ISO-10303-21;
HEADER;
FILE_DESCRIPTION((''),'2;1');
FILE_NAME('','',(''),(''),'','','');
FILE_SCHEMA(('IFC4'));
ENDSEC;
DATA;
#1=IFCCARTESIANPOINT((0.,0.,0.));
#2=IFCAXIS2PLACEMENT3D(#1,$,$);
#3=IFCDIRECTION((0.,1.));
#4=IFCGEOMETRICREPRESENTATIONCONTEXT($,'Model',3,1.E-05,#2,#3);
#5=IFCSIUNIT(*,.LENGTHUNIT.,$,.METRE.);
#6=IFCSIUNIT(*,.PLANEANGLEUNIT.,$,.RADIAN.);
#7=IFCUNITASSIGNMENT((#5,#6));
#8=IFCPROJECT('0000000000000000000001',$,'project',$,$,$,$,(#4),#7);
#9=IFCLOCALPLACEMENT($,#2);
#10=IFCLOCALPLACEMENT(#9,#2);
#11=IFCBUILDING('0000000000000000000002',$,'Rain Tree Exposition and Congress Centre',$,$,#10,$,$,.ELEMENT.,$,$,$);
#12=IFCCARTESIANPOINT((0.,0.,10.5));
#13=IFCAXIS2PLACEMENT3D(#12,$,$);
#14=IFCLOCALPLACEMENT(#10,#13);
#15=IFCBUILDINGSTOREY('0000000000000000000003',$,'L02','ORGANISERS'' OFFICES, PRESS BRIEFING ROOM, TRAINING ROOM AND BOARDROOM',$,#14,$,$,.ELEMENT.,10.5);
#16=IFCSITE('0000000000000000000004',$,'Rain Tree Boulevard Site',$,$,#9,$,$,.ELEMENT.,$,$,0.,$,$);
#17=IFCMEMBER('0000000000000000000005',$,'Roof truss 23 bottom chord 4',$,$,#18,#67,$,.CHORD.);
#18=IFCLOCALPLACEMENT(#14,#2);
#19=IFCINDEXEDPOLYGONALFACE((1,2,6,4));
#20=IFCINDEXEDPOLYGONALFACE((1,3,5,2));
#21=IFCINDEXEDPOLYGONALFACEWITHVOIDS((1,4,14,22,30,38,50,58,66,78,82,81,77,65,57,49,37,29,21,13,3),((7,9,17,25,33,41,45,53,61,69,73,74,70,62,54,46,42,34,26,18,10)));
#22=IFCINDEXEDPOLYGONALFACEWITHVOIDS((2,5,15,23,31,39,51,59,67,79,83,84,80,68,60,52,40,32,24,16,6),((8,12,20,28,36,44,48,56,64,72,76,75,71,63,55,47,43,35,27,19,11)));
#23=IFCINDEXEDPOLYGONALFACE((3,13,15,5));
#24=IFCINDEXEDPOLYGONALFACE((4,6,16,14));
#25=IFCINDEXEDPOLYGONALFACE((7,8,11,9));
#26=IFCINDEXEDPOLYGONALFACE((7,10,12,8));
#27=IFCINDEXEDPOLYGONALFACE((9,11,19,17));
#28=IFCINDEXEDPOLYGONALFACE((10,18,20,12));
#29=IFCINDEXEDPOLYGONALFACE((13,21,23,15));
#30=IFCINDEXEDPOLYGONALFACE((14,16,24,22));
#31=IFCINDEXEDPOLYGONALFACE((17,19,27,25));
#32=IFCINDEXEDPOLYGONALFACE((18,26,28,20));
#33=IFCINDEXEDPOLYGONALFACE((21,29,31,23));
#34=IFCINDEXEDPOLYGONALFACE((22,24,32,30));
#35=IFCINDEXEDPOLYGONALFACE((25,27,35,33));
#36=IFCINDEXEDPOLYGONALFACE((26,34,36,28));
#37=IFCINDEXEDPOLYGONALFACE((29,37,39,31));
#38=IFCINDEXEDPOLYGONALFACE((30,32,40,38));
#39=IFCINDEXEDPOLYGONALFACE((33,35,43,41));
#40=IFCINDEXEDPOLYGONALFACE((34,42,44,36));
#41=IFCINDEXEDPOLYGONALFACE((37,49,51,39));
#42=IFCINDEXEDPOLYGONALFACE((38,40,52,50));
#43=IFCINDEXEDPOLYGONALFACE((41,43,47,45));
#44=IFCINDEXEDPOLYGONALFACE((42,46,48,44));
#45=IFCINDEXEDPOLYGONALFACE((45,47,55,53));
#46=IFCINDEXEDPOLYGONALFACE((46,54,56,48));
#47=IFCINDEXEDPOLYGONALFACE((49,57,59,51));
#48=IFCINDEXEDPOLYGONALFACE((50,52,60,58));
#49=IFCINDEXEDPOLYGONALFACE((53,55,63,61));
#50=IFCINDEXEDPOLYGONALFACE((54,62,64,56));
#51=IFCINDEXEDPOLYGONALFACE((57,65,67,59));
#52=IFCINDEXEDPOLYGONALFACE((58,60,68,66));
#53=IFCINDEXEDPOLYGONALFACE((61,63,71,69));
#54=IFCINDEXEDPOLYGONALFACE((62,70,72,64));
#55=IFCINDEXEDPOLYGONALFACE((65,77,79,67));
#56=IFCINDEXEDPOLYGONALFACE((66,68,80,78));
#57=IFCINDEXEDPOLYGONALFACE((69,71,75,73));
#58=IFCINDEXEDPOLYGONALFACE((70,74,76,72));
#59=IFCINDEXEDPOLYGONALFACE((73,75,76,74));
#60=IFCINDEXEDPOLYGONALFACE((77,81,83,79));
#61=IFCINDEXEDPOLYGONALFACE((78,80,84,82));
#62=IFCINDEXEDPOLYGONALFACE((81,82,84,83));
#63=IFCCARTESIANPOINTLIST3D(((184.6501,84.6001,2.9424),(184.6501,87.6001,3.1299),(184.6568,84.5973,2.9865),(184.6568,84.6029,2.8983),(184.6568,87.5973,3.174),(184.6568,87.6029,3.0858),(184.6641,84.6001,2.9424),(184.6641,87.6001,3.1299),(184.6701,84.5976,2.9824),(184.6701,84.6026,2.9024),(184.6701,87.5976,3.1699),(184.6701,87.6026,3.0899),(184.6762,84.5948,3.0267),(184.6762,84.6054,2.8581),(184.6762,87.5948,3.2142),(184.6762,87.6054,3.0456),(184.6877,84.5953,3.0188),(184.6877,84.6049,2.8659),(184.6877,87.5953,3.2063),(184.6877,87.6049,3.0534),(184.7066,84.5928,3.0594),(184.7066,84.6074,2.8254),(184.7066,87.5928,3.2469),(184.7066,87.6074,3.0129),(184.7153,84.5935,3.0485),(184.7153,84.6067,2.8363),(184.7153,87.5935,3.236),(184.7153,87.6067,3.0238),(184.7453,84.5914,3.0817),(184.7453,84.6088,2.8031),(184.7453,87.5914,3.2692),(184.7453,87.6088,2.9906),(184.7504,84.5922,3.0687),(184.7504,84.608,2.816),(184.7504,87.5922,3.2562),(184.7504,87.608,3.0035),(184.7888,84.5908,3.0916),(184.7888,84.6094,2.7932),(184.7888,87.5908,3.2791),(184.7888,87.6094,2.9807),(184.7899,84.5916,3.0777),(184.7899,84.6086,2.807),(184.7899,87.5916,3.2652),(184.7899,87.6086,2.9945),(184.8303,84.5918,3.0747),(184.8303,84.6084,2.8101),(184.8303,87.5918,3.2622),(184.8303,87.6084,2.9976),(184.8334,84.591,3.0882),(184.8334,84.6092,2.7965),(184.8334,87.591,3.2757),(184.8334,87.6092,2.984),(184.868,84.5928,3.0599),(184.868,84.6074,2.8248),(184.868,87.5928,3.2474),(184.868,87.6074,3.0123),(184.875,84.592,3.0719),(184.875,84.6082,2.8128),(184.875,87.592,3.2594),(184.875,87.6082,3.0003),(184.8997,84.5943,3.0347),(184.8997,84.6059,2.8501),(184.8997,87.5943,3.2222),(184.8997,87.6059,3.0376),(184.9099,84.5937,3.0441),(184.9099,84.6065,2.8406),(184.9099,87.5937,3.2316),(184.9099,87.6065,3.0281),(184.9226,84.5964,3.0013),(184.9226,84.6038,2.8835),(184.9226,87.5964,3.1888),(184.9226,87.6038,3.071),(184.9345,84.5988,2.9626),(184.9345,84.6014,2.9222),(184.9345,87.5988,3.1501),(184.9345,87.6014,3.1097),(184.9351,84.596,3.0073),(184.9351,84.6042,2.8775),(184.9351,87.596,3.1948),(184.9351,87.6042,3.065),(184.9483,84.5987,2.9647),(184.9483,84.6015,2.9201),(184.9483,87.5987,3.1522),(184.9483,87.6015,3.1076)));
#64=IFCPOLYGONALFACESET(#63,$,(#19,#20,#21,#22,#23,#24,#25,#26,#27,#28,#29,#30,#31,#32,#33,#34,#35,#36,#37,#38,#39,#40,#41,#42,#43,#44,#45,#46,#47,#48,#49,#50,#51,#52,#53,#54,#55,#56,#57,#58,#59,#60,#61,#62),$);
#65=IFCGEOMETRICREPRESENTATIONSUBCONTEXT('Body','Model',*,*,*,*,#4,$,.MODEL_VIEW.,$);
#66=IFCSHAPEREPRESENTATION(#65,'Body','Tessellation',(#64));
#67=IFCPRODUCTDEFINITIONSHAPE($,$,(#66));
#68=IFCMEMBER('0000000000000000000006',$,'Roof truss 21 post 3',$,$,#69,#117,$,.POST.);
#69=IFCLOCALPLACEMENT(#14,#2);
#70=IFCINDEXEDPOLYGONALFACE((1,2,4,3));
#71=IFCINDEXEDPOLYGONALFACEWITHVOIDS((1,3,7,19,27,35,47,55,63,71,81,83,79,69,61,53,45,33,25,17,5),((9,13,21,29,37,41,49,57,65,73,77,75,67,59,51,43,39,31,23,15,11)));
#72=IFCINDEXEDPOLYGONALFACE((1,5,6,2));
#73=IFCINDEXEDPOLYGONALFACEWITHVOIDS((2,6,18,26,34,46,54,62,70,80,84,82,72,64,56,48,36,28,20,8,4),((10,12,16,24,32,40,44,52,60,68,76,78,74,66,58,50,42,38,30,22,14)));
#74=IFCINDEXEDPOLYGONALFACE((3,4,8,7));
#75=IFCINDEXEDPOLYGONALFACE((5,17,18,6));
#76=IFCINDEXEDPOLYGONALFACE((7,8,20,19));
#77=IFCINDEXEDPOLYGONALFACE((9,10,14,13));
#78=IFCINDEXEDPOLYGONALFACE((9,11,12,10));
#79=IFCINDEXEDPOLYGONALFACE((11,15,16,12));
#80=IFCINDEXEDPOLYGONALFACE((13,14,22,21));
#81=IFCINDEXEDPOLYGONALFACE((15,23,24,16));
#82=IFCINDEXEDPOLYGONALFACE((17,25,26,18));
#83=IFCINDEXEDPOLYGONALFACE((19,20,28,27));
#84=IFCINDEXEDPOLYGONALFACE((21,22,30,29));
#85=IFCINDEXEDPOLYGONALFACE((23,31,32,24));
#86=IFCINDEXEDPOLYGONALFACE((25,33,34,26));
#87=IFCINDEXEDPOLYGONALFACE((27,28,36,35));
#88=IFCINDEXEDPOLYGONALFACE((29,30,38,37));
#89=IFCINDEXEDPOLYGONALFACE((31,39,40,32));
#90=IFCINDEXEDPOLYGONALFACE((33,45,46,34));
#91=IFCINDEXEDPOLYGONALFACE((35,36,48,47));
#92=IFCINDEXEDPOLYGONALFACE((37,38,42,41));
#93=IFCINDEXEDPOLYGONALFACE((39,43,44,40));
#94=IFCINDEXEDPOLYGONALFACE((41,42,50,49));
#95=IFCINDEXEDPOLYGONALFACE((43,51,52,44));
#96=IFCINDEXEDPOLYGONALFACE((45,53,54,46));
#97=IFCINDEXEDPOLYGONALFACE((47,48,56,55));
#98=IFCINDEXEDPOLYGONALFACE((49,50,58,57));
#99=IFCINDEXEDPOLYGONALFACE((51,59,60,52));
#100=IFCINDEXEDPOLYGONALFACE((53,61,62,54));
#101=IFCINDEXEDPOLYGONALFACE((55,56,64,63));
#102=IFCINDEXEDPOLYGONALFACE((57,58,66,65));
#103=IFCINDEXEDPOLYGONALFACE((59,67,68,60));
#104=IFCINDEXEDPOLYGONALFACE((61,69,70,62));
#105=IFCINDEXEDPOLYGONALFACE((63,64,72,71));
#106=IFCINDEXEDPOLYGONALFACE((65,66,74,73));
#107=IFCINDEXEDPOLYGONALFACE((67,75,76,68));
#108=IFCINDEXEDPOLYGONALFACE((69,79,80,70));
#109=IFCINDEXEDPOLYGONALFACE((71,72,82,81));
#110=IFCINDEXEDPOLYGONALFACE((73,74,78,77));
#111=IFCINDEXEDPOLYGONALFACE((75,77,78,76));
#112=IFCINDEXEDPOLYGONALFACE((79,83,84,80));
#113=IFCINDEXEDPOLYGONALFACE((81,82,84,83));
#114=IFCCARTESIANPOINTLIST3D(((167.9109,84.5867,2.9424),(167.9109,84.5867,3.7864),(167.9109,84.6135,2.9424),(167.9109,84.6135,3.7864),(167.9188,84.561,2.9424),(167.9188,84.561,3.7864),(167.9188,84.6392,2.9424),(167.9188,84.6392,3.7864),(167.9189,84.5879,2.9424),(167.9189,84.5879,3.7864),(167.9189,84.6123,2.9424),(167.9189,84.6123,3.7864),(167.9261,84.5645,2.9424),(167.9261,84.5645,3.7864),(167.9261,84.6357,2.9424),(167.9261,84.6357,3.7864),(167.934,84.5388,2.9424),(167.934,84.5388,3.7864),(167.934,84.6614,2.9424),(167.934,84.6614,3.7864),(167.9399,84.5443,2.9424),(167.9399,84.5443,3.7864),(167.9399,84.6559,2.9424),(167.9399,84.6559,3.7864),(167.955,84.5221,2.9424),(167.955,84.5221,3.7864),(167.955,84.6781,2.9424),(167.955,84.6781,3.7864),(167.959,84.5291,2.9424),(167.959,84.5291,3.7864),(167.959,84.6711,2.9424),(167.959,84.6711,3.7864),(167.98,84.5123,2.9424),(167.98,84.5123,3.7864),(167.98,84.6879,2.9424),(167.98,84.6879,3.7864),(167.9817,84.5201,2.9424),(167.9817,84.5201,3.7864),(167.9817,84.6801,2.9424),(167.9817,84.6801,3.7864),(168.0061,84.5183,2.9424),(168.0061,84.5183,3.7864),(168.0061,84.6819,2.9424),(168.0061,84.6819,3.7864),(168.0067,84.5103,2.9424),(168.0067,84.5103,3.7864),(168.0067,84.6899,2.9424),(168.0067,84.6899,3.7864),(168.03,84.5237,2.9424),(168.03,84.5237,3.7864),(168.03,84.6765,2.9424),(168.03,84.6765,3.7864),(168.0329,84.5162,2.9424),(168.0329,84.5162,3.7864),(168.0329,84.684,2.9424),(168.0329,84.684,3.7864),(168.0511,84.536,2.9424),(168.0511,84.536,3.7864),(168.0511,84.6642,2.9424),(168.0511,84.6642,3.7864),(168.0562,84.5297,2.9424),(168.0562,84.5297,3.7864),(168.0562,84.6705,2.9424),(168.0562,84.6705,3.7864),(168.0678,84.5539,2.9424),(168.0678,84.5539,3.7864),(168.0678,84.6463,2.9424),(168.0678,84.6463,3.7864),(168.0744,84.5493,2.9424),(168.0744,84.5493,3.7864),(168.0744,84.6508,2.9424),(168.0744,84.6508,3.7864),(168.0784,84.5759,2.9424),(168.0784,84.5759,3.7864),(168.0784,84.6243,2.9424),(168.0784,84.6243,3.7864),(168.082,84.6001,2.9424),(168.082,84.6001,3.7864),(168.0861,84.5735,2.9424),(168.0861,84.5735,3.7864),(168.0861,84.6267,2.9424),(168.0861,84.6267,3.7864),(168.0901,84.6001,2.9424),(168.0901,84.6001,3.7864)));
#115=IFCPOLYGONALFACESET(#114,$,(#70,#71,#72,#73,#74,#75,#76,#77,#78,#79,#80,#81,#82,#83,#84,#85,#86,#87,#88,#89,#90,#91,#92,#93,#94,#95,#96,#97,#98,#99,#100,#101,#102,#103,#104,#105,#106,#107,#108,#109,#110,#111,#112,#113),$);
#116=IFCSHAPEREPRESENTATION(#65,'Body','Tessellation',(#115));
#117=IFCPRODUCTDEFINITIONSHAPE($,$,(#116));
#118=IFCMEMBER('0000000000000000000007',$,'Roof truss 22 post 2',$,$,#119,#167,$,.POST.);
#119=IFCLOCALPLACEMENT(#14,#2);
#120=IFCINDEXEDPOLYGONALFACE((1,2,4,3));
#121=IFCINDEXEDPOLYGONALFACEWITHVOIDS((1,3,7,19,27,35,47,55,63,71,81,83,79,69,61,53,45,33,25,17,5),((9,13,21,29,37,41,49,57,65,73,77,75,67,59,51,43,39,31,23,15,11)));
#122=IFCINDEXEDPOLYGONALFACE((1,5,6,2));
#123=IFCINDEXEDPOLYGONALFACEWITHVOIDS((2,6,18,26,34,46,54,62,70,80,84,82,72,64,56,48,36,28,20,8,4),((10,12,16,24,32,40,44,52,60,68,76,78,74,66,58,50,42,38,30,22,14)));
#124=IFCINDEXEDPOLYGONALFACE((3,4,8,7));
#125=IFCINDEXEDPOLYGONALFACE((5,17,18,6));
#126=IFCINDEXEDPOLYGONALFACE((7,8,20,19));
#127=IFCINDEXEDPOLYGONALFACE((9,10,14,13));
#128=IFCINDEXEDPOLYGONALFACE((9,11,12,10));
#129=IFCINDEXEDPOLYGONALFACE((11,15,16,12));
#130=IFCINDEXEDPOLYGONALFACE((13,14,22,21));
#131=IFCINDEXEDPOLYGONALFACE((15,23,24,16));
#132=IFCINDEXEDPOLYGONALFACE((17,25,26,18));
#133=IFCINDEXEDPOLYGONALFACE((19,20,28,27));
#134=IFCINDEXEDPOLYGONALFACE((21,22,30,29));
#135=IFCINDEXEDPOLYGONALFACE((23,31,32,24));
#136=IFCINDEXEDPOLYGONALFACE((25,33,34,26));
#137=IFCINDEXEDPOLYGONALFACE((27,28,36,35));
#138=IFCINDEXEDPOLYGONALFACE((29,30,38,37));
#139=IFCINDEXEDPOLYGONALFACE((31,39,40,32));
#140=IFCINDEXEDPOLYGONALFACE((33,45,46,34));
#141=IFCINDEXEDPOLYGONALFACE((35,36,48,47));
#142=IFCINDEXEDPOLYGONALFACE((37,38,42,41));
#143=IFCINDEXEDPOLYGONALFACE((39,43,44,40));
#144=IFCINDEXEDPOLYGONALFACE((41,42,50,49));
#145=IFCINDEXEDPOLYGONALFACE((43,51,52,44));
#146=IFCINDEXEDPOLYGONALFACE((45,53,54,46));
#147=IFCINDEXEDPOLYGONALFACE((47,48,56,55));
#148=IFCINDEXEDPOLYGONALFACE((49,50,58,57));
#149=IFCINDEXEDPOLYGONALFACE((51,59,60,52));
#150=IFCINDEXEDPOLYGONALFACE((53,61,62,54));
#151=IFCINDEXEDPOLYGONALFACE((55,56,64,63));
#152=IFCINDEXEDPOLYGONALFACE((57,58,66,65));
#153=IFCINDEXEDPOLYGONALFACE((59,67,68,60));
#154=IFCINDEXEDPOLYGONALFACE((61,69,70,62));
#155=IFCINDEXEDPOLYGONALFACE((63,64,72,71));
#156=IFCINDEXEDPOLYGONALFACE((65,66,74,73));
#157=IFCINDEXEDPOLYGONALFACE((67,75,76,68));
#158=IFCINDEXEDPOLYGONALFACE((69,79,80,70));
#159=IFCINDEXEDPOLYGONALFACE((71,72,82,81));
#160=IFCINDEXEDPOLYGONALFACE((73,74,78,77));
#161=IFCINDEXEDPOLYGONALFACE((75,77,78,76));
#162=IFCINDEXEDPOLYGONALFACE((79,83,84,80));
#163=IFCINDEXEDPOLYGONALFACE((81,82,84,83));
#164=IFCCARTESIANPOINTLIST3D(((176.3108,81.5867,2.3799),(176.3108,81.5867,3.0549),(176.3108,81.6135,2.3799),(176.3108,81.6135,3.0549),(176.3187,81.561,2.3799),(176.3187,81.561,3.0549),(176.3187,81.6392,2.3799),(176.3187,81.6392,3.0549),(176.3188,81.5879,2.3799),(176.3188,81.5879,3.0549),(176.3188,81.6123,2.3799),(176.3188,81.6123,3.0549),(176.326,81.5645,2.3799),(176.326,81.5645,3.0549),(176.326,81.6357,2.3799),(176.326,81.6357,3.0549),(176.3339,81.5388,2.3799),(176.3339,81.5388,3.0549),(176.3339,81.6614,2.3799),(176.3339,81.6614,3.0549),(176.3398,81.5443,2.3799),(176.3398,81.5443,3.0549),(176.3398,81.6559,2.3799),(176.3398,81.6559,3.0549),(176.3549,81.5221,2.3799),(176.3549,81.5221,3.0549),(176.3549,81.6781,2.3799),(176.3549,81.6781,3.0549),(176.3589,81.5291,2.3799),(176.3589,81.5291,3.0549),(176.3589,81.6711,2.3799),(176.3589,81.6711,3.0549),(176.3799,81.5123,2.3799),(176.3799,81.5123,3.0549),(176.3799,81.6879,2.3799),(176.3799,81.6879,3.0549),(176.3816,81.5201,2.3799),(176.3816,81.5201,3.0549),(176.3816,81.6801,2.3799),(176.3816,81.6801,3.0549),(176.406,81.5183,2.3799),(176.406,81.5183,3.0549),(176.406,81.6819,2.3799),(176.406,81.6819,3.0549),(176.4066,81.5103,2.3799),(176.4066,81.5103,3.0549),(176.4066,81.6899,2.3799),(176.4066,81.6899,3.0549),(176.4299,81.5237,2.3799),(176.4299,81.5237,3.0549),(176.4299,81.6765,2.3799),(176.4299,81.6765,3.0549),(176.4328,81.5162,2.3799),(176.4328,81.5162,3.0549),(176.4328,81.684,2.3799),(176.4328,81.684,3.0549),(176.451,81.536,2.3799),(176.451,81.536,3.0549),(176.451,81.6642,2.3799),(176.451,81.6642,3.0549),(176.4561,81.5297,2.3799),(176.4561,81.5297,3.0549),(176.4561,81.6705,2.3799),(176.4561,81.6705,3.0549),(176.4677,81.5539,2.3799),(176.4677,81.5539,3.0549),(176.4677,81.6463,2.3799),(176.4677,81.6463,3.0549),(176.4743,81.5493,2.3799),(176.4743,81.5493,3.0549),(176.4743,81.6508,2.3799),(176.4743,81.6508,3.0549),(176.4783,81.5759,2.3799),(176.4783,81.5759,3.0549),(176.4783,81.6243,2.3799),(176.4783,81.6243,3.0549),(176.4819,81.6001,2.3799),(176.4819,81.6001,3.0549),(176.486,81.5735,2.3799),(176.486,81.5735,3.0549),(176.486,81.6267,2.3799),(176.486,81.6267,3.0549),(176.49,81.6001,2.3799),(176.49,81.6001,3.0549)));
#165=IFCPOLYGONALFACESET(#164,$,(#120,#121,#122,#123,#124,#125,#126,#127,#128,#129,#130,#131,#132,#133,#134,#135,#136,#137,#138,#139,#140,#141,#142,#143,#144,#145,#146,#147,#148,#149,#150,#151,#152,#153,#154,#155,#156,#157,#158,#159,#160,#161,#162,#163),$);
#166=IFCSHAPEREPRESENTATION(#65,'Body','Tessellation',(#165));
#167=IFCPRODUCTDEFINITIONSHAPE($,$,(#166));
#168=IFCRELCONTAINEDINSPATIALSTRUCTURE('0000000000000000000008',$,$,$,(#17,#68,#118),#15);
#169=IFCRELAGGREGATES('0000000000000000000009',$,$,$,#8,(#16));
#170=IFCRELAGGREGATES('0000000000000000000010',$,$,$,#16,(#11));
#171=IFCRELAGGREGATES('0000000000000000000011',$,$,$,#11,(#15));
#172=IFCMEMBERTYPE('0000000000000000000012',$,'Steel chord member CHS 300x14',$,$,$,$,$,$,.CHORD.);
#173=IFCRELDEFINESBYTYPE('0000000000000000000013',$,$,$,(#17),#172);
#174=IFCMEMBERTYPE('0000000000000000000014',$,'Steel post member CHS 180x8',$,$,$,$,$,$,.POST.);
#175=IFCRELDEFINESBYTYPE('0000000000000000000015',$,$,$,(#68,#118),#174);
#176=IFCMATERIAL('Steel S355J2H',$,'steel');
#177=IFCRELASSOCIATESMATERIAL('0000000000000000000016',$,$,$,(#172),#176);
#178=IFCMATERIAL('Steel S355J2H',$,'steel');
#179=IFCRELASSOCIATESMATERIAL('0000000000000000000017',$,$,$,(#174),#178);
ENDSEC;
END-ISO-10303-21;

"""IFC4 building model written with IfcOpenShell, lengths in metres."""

from ifc_helpers import new_model, si_unit, direction, frame, origin, origin_2d, place, context, subcontext, project, spatial, hollow_circle, extrude, material, material_profile, profile_set, type_object, element, save


model = new_model("IFC4")

# Units and contexts
model_context = context("Model", 3, precision=1e-05, world=origin(), true_north=direction((0.0, 1.0)))
body_context = subcontext(model_context, "Body", "Model", "MODEL_VIEW")
ifc_project = project(units=[si_unit("LENGTHUNIT", "METRE"), si_unit("PLANEANGLEUNIT", "RADIAN")], contexts=[model_context])

# Site, building, storey
site_placement = place(None, origin())
site = spatial("IfcSite", under=ifc_project, at=site_placement, Name="Rain Tree Boulevard Site", CompositionType="ELEMENT", RefElevation=0.0)
building_placement = place(site_placement, origin())
building = spatial("IfcBuilding", under=site, at=building_placement, Name="Rain Tree Exposition and Congress Centre", CompositionType="ELEMENT")
storey_placement = place(building_placement, frame((0.0, 0.0, 10.5)))
storey = spatial("IfcBuildingStorey", under=building, at=storey_placement, Name="L02", Description="ORGANISERS' OFFICES, PRESS BRIEFING ROOM, TRAINING ROOM AND BOARDROOM", CompositionType="ELEMENT", Elevation=10.5)

# Members
ifc_material_1 = material(Name="Steel S355J2H", Category="steel")
ifc_material_profile_1 = material_profile(ifc_material_1, hollow_circle(Radius=0.1499, WallThickness=0.0139, at=origin_2d()), Name="CHS 300x14")
ifc_profile_set_1 = profile_set([ifc_material_profile_1], Name="Steel S355J2H")
member_type_1 = type_object("IfcMemberType", Name="Steel chord member CHS 300x14", PredefinedType="CHORD", material=ifc_profile_set_1)
member_1_placement = place(storey_placement, frame((184.8, 84.6001, 2.9424), z_axis=(0.0, 0.998053, 0.062378), x_axis=(-1.0, 0.0, 0.0)))
element("IfcMember", 1, at=member_1_placement, inside=storey, type_object=member_type_1, Name="Roof truss 23 bottom chord 4", PredefinedType="CHORD", context=body_context, shape_type="SweptSolid", body=[
    extrude(hollow_circle(Radius=0.1499, WallThickness=0.0139, at=origin_2d()), origin(), (0.0, 0.0, 1.0), 3.0059),
])
ifc_material_2 = material(Name="Steel S355J2H", Category="steel")
ifc_material_profile_2 = material_profile(ifc_material_2, hollow_circle(Radius=0.0901, WallThickness=0.0081, at=origin_2d()), Name="CHS 180x8")
ifc_profile_set_2 = profile_set([ifc_material_profile_2], Name="Steel S355J2H")
member_type_2 = type_object("IfcMemberType", Name="Steel post member CHS 180x8", PredefinedType="POST", material=ifc_profile_set_2)
member_2_placement = place(storey_placement, frame((168.0, 84.6001, 2.9424), z_axis=(0.0, 0.0, 1.0), x_axis=(1.0, 0.0, 0.0)))
element("IfcMember", 2, at=member_2_placement, inside=storey, type_object=member_type_2, Name="Roof truss 21 post 3", PredefinedType="POST", context=body_context, shape_type="SweptSolid", body=[
    extrude(hollow_circle(Radius=0.0901, WallThickness=0.0081, at=origin_2d()), origin(), (0.0, 0.0, 1.0), 0.844),
])
member_3_placement = place(storey_placement, frame((176.3999, 81.6001, 2.3799), z_axis=(0.0, 0.0, 1.0), x_axis=(1.0, 0.0, 0.0)))
element("IfcMember", 3, at=member_3_placement, inside=storey, type_object=member_type_2, Name="Roof truss 22 post 2", PredefinedType="POST", context=body_context, shape_type="SweptSolid", body=[
    extrude(hollow_circle(Radius=0.0901, WallThickness=0.0081, at=origin_2d()), origin(), (0.0, 0.0, 1.0), 0.675),
])

save(model, "model.ifc")
